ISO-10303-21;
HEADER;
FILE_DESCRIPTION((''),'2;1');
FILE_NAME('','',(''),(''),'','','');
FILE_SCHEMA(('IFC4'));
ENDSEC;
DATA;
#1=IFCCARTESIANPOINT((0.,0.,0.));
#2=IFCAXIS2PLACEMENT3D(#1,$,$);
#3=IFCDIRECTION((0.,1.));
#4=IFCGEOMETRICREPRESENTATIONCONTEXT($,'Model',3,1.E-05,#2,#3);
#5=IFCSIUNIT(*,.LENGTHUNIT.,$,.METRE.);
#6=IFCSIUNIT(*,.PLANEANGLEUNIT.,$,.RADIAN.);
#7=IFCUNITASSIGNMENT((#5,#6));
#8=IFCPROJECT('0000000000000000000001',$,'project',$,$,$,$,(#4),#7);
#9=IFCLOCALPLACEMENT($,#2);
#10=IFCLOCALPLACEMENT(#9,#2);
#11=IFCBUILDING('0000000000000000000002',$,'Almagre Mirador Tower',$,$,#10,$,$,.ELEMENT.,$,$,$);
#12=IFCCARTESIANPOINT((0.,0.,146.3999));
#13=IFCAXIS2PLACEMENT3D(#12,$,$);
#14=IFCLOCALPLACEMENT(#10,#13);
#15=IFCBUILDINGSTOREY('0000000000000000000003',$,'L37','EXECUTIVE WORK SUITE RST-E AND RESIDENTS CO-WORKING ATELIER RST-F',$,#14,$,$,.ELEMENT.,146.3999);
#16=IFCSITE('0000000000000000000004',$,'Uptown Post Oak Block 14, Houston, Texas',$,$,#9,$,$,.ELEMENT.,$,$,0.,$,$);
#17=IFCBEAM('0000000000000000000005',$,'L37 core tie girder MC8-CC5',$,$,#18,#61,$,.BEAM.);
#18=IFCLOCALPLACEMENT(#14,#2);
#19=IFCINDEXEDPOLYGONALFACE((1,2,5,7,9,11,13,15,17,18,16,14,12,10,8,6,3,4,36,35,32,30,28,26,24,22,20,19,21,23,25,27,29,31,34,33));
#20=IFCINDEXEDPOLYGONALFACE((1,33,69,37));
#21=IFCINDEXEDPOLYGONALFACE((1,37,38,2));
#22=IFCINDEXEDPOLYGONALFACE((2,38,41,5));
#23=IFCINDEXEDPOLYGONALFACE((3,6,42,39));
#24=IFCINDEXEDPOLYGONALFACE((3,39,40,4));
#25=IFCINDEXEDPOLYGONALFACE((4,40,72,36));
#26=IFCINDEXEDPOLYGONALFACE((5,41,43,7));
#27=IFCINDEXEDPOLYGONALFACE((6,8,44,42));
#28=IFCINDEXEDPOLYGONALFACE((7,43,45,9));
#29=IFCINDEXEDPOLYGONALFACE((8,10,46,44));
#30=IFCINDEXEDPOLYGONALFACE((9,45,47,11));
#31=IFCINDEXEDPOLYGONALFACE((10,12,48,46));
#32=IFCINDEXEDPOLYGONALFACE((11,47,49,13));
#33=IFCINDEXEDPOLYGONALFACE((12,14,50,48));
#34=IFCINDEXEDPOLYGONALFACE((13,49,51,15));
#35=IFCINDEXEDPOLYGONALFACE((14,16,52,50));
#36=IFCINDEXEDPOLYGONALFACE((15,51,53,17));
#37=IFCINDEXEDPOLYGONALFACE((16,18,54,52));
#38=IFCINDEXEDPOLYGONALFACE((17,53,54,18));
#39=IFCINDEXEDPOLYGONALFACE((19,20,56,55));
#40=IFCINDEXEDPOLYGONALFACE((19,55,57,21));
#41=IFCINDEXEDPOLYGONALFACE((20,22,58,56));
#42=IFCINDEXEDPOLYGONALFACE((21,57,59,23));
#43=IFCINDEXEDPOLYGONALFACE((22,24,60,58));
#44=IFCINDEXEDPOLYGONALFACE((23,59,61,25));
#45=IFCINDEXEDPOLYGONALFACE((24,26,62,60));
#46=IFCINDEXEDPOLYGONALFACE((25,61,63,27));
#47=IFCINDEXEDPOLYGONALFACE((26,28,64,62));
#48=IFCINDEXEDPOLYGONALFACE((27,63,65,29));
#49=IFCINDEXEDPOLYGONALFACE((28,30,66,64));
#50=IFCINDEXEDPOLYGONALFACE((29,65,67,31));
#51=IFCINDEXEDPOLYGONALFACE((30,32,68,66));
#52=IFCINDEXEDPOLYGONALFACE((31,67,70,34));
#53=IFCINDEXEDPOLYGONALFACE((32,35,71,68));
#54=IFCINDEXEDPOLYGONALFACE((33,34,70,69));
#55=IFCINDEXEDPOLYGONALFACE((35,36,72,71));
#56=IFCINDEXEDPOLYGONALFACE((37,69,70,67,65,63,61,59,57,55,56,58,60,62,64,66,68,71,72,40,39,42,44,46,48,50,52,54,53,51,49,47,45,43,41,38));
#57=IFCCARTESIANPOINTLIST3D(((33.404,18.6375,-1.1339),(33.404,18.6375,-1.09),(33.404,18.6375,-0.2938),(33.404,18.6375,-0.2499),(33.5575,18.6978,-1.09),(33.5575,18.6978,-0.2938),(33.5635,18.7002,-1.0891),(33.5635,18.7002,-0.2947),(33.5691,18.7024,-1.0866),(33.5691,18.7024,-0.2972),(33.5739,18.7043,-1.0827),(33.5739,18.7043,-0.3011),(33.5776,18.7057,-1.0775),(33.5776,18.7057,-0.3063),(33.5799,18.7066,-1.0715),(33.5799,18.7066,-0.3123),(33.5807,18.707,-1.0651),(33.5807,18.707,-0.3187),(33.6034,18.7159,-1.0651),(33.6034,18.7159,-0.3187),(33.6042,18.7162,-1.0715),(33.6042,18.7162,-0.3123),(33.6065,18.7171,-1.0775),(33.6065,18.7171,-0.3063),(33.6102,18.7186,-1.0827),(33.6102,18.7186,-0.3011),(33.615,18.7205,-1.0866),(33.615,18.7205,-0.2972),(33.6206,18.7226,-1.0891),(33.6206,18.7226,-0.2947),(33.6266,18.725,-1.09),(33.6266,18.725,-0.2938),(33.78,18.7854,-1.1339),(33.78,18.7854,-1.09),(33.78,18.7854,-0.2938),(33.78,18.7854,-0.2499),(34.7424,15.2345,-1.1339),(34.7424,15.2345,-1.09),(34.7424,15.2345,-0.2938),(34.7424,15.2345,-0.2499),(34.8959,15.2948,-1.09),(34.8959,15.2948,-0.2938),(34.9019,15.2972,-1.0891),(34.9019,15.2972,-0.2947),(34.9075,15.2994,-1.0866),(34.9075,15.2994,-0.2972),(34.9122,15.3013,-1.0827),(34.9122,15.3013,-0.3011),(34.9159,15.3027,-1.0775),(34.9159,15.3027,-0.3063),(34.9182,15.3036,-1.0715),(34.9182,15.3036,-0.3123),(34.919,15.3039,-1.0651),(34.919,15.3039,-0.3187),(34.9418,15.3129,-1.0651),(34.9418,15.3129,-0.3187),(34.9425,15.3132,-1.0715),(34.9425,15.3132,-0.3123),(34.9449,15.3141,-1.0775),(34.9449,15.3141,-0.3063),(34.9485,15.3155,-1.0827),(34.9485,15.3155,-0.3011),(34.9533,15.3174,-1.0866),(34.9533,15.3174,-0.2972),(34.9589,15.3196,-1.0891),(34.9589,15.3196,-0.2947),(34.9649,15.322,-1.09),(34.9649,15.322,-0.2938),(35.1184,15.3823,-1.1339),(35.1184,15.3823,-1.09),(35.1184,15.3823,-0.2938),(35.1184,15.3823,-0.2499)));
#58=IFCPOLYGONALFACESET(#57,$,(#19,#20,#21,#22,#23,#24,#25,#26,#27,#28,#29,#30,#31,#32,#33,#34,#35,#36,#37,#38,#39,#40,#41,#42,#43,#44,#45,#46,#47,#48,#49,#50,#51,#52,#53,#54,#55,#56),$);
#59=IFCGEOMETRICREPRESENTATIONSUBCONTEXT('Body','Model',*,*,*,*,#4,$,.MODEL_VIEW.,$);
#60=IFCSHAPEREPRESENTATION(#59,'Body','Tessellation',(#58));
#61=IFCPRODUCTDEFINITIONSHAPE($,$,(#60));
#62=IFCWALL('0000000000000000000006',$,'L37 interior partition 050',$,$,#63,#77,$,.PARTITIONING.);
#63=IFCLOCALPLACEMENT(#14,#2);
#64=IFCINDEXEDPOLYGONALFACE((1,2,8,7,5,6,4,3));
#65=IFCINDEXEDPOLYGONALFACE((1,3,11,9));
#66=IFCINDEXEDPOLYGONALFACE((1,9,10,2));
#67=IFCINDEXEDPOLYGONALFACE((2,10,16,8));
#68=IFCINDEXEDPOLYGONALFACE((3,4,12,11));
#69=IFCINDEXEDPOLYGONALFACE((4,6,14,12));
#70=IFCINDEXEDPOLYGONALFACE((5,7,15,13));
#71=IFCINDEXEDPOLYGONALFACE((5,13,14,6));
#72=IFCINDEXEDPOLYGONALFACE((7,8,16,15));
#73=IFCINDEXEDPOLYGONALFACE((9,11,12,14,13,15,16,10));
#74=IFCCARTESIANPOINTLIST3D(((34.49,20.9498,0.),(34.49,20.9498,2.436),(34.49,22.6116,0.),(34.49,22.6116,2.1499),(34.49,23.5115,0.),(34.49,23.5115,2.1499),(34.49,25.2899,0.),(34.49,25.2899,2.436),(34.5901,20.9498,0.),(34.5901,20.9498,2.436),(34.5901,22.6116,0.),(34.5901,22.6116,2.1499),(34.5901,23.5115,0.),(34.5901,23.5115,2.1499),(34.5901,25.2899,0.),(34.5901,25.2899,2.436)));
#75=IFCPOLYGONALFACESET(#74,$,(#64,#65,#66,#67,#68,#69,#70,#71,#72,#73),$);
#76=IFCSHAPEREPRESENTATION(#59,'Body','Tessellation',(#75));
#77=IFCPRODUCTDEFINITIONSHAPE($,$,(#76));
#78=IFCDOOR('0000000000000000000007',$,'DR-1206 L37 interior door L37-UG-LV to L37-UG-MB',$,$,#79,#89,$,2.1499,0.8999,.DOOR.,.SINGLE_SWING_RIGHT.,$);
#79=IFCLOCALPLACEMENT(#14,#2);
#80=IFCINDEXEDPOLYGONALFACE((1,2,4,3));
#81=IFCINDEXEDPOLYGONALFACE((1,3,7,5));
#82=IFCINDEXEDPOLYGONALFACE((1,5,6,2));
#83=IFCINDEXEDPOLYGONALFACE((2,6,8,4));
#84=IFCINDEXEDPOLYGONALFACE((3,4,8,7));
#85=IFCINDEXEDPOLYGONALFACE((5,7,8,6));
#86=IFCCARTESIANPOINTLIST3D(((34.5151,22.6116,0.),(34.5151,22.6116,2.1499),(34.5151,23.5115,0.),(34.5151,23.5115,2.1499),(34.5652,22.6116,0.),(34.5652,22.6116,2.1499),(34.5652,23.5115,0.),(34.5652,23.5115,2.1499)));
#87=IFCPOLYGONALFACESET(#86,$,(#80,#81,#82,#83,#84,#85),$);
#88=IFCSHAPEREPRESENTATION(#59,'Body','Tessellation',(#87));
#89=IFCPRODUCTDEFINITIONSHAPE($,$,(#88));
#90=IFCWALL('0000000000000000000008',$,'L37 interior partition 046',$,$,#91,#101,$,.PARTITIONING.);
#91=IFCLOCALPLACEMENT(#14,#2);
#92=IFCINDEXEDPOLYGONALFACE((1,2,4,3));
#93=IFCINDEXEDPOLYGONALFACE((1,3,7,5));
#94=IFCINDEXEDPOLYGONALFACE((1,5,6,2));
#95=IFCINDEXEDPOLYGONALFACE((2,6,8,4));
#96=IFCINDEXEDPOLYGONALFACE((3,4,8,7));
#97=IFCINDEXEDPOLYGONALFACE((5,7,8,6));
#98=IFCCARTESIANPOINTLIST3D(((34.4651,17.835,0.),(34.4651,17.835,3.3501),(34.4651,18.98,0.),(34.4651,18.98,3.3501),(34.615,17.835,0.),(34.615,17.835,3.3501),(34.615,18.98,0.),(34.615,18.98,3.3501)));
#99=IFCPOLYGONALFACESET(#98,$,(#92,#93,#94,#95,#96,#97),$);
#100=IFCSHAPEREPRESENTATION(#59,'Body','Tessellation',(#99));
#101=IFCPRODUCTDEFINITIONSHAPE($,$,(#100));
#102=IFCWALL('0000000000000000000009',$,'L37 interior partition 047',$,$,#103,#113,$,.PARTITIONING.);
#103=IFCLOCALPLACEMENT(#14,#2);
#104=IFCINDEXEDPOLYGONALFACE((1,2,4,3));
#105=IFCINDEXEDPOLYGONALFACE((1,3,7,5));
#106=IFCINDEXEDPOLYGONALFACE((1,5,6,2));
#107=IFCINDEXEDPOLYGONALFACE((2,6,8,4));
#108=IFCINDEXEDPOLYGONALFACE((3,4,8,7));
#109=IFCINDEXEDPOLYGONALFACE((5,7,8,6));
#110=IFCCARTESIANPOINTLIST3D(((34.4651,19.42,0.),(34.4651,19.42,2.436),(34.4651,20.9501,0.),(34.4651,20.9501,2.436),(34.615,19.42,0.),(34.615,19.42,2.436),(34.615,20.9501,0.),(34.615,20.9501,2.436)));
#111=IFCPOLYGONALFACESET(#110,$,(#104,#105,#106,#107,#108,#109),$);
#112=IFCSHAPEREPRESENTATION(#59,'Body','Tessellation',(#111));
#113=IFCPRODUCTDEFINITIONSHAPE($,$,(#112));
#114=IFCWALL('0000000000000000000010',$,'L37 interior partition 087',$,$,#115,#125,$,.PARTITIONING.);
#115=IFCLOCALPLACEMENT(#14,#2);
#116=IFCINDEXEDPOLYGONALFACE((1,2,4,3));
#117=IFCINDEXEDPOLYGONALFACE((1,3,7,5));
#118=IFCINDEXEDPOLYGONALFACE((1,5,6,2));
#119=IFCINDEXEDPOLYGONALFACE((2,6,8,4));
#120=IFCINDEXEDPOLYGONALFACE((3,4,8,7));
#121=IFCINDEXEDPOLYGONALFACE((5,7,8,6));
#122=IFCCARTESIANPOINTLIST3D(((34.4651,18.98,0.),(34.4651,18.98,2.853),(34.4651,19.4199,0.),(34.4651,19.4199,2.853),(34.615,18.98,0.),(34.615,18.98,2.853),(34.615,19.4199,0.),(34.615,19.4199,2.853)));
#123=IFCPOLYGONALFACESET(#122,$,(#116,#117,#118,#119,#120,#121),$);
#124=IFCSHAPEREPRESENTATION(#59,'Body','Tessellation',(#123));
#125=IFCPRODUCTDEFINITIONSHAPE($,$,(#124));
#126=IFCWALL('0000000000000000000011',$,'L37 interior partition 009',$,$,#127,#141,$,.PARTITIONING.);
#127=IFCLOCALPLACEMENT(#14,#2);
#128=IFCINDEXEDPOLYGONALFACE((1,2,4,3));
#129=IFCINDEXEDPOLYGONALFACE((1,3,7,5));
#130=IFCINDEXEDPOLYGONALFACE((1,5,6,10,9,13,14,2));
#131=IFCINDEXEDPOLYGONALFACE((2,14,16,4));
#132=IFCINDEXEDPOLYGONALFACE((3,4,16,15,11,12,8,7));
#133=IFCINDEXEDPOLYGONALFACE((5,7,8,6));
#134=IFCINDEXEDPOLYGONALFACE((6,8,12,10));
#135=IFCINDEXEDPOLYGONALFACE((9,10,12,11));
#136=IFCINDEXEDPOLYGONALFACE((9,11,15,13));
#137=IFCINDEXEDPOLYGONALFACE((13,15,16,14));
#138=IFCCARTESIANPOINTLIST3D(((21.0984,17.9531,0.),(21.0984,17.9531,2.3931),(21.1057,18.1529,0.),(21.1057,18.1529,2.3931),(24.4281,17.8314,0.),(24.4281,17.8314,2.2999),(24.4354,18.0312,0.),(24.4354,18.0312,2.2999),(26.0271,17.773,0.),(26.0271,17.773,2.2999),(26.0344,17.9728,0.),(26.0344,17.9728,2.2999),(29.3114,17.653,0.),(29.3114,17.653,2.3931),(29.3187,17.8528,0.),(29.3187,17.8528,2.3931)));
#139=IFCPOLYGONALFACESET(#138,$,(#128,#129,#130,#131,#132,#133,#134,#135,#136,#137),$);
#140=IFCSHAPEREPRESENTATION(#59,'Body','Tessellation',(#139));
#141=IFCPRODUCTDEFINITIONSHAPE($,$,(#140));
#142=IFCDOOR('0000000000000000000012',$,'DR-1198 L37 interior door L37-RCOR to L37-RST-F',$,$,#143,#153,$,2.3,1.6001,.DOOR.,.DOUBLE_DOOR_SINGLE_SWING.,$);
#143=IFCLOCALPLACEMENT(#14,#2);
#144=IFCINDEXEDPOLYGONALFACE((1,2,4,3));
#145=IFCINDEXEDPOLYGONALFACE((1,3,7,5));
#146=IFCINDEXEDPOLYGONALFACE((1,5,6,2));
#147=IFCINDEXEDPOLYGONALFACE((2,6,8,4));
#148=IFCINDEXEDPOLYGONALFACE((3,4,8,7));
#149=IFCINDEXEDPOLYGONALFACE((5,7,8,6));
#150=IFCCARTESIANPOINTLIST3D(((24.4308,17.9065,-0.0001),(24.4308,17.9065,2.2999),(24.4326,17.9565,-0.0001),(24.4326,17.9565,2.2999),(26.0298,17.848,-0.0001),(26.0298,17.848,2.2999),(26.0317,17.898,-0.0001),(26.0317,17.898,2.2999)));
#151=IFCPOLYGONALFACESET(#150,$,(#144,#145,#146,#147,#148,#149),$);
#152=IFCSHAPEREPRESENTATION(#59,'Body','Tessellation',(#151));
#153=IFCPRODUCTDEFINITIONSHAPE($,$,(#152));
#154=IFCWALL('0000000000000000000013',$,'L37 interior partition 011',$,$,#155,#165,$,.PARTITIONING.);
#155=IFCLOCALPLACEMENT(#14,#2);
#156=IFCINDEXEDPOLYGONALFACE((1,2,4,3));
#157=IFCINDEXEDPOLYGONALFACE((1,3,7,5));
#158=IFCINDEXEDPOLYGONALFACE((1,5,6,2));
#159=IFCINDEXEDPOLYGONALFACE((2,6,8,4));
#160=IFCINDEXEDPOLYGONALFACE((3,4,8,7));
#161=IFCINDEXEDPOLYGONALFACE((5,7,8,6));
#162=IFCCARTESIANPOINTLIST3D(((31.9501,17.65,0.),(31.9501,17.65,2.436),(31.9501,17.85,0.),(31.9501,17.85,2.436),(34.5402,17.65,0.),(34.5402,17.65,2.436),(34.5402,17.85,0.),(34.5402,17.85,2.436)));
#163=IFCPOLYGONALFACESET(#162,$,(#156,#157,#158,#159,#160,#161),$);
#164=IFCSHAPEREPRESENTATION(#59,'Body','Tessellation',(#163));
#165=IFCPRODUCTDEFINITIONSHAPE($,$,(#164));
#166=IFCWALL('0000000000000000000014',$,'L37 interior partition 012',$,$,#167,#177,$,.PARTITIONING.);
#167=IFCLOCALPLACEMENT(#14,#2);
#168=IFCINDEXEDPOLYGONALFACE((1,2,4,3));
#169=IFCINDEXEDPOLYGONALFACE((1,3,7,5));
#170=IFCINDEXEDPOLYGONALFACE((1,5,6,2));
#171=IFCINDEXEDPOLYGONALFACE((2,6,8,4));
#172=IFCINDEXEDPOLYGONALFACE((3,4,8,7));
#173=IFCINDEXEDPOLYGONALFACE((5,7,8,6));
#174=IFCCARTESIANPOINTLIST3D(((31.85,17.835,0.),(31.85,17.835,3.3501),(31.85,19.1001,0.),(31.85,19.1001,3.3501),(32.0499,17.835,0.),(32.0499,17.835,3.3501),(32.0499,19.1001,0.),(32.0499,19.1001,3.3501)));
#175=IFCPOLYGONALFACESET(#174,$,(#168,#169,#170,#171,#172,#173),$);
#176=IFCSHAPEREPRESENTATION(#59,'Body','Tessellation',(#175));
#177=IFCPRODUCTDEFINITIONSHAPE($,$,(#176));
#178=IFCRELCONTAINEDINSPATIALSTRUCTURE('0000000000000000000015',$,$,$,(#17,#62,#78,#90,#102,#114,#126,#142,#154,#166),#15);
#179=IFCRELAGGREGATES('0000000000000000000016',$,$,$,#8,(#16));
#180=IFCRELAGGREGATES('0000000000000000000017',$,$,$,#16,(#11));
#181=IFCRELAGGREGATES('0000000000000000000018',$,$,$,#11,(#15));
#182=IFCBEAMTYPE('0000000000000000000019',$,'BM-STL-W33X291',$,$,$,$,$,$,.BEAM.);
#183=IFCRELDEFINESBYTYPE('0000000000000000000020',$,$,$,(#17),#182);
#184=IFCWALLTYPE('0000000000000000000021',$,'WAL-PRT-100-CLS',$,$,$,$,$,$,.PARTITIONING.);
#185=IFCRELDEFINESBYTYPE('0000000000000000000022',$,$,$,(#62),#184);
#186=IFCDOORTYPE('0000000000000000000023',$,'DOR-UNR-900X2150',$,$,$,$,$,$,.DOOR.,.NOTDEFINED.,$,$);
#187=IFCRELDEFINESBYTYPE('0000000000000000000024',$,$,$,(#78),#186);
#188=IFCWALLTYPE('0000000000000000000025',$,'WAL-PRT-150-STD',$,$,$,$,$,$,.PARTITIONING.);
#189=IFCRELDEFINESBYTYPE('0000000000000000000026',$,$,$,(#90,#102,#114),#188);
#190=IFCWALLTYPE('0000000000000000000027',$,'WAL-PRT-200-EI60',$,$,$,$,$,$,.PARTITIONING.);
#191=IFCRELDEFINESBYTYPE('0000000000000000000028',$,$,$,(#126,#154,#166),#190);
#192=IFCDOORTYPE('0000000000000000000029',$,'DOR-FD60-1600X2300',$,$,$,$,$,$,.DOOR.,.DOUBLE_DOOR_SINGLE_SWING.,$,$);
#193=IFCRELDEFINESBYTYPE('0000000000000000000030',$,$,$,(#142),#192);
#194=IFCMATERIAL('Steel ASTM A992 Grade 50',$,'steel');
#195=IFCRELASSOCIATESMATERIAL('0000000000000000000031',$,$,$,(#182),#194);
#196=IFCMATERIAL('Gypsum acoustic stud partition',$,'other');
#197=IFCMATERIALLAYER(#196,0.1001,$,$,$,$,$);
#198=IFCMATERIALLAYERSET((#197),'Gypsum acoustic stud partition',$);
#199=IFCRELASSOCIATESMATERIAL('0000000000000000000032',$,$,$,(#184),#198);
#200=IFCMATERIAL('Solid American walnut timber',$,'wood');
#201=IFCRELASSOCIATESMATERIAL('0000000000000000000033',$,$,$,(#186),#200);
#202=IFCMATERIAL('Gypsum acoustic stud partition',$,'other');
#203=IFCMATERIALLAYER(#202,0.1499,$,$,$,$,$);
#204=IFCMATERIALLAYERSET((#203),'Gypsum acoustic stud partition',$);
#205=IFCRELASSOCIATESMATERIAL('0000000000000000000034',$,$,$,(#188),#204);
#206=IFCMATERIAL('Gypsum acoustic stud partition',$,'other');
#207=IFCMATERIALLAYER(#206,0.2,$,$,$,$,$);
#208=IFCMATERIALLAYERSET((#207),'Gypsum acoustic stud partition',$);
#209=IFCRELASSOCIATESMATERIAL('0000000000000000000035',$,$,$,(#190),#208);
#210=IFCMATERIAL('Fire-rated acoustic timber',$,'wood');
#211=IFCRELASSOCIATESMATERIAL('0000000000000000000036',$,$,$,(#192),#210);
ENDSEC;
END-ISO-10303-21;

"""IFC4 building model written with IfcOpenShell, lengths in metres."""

from ifc_helpers import new_model, si_unit, direction, frame, frame_2d, origin, origin_2d, place, context, subcontext, project, spatial, rectangle, i_section, extrude, material, layer, layer_set, material_profile, profile_set, type_object, element, fill, save


model = new_model("IFC4")

# Units and contexts
model_context = context("Model", 3, precision=1e-05, world=origin(), true_north=direction((0.0, 1.0)))
body_context = subcontext(model_context, "Body", "Model", "MODEL_VIEW")
ifc_project = project(units=[si_unit("LENGTHUNIT", "METRE"), si_unit("PLANEANGLEUNIT", "RADIAN")], contexts=[model_context])

# Site, building, storey
site_placement = place(None, origin())
site = spatial("IfcSite", under=ifc_project, at=site_placement, Name="Uptown Post Oak Block 14, Houston, Texas", CompositionType="ELEMENT", RefElevation=0.0)
building_placement = place(site_placement, origin())
building = spatial("IfcBuilding", under=site, at=building_placement, Name="Almagre Mirador Tower", CompositionType="ELEMENT")
storey_placement = place(building_placement, frame((0.0, 0.0, 146.3999)))
storey = spatial("IfcBuildingStorey", under=building, at=storey_placement, Name="L37", Description="EXECUTIVE WORK SUITE RST-E AND RESIDENTS CO-WORKING ATELIER RST-F", CompositionType="ELEMENT", Elevation=146.3999)

# Beam
ifc_material_1 = material(Name="Steel ASTM A992 Grade 50", Category="steel")
ifc_material_profile_1 = material_profile(ifc_material_1, i_section(OverallWidth=0.4041, OverallDepth=0.884, WebThickness=0.0244, FlangeThickness=0.0439, FilletRadius=0.0249, at=origin_2d()), Name="W33X291")
ifc_profile_set_1 = profile_set([ifc_material_profile_1], Name="Steel ASTM A992 Grade 50")
beam_type_1 = type_object("IfcBeamType", Name="BM-STL-W33X291", PredefinedType="BEAM", material=ifc_profile_set_1)
beam_1_placement = place(storey_placement, frame((33.592, 18.7114, -0.6919), z_axis=(0.365997, -0.930616, 0.0), x_axis=(0.930616, 0.365997, 0.0)))
element("IfcBeam", 1, at=beam_1_placement, inside=storey, type_object=beam_type_1, Name="L37 core tie girder MC8-CC5", PredefinedType="BEAM", context=body_context, shape_type="SweptSolid", body=[
    extrude(i_section(OverallWidth=0.4041, OverallDepth=0.884, WebThickness=0.0244, FlangeThickness=0.0439, FilletRadius=0.0249, at=origin_2d()), origin(), (0.0, 0.0, 1.0), 3.6567),
])

# Wall, opening, door
ifc_material_2 = material(Name="Gypsum acoustic stud partition", Category="other")
ifc_layer_1 = layer(ifc_material_2, 0.1001)
ifc_layer_set_1 = layer_set([ifc_layer_1], Name="Gypsum acoustic stud partition")
wall_type_1 = type_object("IfcWallType", Name="WAL-PRT-100-CLS", PredefinedType="PARTITIONING", material=ifc_layer_set_1)
wall_1_placement = place(storey_placement, frame((34.54, 20.95, 0.0), z_axis=(0.0, 0.0, 1.0), x_axis=(0.0, 1.0, 0.0)))
wall_1 = element("IfcWall", 2, at=wall_1_placement, inside=storey, type_object=wall_type_1, Name="L37 interior partition 050", PredefinedType="PARTITIONING", context=body_context, shape_type="SweptSolid", body=[
    extrude(rectangle(XDim=4.3401, YDim=0.1001, at=frame_2d((2.1699, 0.0))), origin(), (0.0, 0.0, 1.0), 2.436),
])
opening_1_placement = place(wall_1_placement, frame((1.6616, 0.0, 0.0)))
opening_1 = element("IfcOpeningElement", 3, at=opening_1_placement, cuts=wall_1, PredefinedType="OPENING", context=body_context, shape_type="SweptSolid", body=[
    extrude(rectangle(XDim=0.8999, YDim=2.1499, at=frame_2d((0.45, 1.075))), frame((0.0, 0.06, 0.0), z_axis=(0.0, -1.0, 0.0), x_axis=(1.0, 0.0, 0.0)), (0.0, 0.0, 1.0), 0.1201),
])
ifc_material_3 = material(Name="Solid American walnut timber", Category="wood")
door_type_1 = type_object("IfcDoorType", Name="DOR-UNR-900X2150", OperationType="NOTDEFINED", PredefinedType="DOOR", material=ifc_material_3)
door_1_placement = place(opening_1_placement, origin())
door_1 = element("IfcDoor", 4, at=door_1_placement, inside=storey, type_object=door_type_1, Name="DR-1206 L37 interior door L37-UG-LV to L37-UG-MB", OperationType="SINGLE_SWING_RIGHT", OverallHeight=2.1499, OverallWidth=0.8999, PredefinedType="DOOR", context=body_context, shape_type="SweptSolid", body=[
    extrude(rectangle(XDim=0.8999, YDim=2.1499, at=frame_2d((0.45, 1.075))), frame((0.0, 0.0249, 0.0), z_axis=(0.0, -1.0, 0.0), x_axis=(1.0, 0.0, 0.0)), (0.0, 0.0, 1.0), 0.05),
])
fill(opening_1, door_1)

# Walls
ifc_material_4 = material(Name="Gypsum acoustic stud partition", Category="other")
ifc_layer_2 = layer(ifc_material_4, 0.1499)
ifc_layer_set_2 = layer_set([ifc_layer_2], Name="Gypsum acoustic stud partition")
wall_type_2 = type_object("IfcWallType", Name="WAL-PRT-150-STD", PredefinedType="PARTITIONING", material=ifc_layer_set_2)
wall_2_placement = place(storey_placement, frame((34.54, 17.835, 0.0), z_axis=(0.0, 0.0, 1.0), x_axis=(0.0, 1.0, 0.0)))
element("IfcWall", 5, at=wall_2_placement, inside=storey, type_object=wall_type_2, Name="L37 interior partition 046", PredefinedType="PARTITIONING", context=body_context, shape_type="SweptSolid", body=[
    extrude(rectangle(XDim=1.145, YDim=0.1499, at=frame_2d((0.5725, 0.0))), origin(), (0.0, 0.0, 1.0), 3.3501),
])
wall_3_placement = place(storey_placement, frame((34.54, 19.4199, 0.0), z_axis=(0.0, 0.0, 1.0), x_axis=(0.0, 1.0, 0.0)))
element("IfcWall", 6, at=wall_3_placement, inside=storey, type_object=wall_type_2, Name="L37 interior partition 047", PredefinedType="PARTITIONING", context=body_context, shape_type="SweptSolid", body=[
    extrude(rectangle(XDim=1.53, YDim=0.1499, at=frame_2d((0.7651, 0.0))), origin(), (0.0, 0.0, 1.0), 2.436),
])
wall_4_placement = place(storey_placement, frame((34.54, 19.4199, 0.0), z_axis=(0.0, 0.0, 1.0), x_axis=(0.0, -1.0, 0.0)))
element("IfcWall", 7, at=wall_4_placement, inside=storey, type_object=wall_type_2, Name="L37 interior partition 087", PredefinedType="PARTITIONING", context=body_context, shape_type="SweptSolid", body=[
    extrude(rectangle(XDim=0.4399, YDim=0.1499, at=frame_2d((0.22, 0.0))), origin(), (0.0, 0.0, 1.0), 2.853),
])

# Wall, opening, door
ifc_material_5 = material(Name="Gypsum acoustic stud partition", Category="other")
ifc_layer_3 = layer(ifc_material_5, 0.2)
ifc_layer_set_3 = layer_set([ifc_layer_3], Name="Gypsum acoustic stud partition")
wall_type_3 = type_object("IfcWallType", Name="WAL-PRT-200-EI60", PredefinedType="PARTITIONING", material=ifc_layer_set_3)
wall_5_placement = place(storey_placement, frame((29.3152, 17.7529, 0.0), z_axis=(0.0, 0.0, 1.0), x_axis=(-0.999333, 0.036508, 0.0)))
wall_5 = element("IfcWall", 8, at=wall_5_placement, inside=storey, type_object=wall_type_3, Name="L37 interior partition 009", PredefinedType="PARTITIONING", context=body_context, shape_type="SweptSolid", body=[
    extrude(rectangle(XDim=8.2185, YDim=0.2, at=frame_2d((4.1094, 0.0))), origin(), (0.0, 0.0, 1.0), 2.3931),
])
opening_2_placement = place(wall_5_placement, frame((3.2866, 0.0, 0.0)))
opening_2 = element("IfcOpeningElement", 9, at=opening_2_placement, cuts=wall_5, PredefinedType="OPENING", context=body_context, shape_type="SweptSolid", body=[
    extrude(rectangle(XDim=1.6001, YDim=2.3, at=frame_2d((0.8, 1.1499))), frame((0.0, 0.1101, 0.0), z_axis=(0.0, -1.0, 0.0), x_axis=(1.0, 0.0, 0.0)), (0.0, 0.0, 1.0), 0.22),
])
ifc_material_6 = material(Name="Fire-rated acoustic timber", Category="wood")
door_type_2 = type_object("IfcDoorType", Name="DOR-FD60-1600X2300", OperationType="DOUBLE_DOOR_SINGLE_SWING", PredefinedType="DOOR", material=ifc_material_6)
door_2_placement = place(opening_2_placement, origin())
door_2 = element("IfcDoor", 10, at=door_2_placement, inside=storey, type_object=door_type_2, Name="DR-1198 L37 interior door L37-RCOR to L37-RST-F", OperationType="DOUBLE_DOOR_SINGLE_SWING", OverallHeight=2.3, OverallWidth=1.6001, PredefinedType="DOOR", context=body_context, shape_type="SweptSolid", body=[
    extrude(rectangle(XDim=1.6001, YDim=2.3, at=frame_2d((0.8, 1.1499))), frame((0.0, 0.0249, 0.0), z_axis=(0.0, -1.0, 0.0), x_axis=(1.0, 0.0, 0.0)), (0.0, 0.0, 1.0), 0.05),
])
fill(opening_2, door_2)

# Walls
wall_6_placement = place(storey_placement, frame((34.54, 17.75, 0.0), z_axis=(0.0, 0.0, 1.0), x_axis=(-1.0, 0.0, 0.0)))
element("IfcWall", 11, at=wall_6_placement, inside=storey, type_object=wall_type_3, Name="L37 interior partition 011", PredefinedType="PARTITIONING", context=body_context, shape_type="SweptSolid", body=[
    extrude(rectangle(XDim=2.5901, YDim=0.2, at=frame_2d((1.2949, 0.0))), origin(), (0.0, 0.0, 1.0), 2.436),
])
wall_7_placement = place(storey_placement, frame((31.95, 17.835, 0.0), z_axis=(0.0, 0.0, 1.0), x_axis=(0.0, 1.0, 0.0)))
element("IfcWall", 12, at=wall_7_placement, inside=storey, type_object=wall_type_3, Name="L37 interior partition 012", PredefinedType="PARTITIONING", context=body_context, shape_type="SweptSolid", body=[
    extrude(rectangle(XDim=1.2651, YDim=0.2, at=frame_2d((0.6326, 0.0))), origin(), (0.0, 0.0, 1.0), 3.3501),
])

save(model, "model.ifc")
